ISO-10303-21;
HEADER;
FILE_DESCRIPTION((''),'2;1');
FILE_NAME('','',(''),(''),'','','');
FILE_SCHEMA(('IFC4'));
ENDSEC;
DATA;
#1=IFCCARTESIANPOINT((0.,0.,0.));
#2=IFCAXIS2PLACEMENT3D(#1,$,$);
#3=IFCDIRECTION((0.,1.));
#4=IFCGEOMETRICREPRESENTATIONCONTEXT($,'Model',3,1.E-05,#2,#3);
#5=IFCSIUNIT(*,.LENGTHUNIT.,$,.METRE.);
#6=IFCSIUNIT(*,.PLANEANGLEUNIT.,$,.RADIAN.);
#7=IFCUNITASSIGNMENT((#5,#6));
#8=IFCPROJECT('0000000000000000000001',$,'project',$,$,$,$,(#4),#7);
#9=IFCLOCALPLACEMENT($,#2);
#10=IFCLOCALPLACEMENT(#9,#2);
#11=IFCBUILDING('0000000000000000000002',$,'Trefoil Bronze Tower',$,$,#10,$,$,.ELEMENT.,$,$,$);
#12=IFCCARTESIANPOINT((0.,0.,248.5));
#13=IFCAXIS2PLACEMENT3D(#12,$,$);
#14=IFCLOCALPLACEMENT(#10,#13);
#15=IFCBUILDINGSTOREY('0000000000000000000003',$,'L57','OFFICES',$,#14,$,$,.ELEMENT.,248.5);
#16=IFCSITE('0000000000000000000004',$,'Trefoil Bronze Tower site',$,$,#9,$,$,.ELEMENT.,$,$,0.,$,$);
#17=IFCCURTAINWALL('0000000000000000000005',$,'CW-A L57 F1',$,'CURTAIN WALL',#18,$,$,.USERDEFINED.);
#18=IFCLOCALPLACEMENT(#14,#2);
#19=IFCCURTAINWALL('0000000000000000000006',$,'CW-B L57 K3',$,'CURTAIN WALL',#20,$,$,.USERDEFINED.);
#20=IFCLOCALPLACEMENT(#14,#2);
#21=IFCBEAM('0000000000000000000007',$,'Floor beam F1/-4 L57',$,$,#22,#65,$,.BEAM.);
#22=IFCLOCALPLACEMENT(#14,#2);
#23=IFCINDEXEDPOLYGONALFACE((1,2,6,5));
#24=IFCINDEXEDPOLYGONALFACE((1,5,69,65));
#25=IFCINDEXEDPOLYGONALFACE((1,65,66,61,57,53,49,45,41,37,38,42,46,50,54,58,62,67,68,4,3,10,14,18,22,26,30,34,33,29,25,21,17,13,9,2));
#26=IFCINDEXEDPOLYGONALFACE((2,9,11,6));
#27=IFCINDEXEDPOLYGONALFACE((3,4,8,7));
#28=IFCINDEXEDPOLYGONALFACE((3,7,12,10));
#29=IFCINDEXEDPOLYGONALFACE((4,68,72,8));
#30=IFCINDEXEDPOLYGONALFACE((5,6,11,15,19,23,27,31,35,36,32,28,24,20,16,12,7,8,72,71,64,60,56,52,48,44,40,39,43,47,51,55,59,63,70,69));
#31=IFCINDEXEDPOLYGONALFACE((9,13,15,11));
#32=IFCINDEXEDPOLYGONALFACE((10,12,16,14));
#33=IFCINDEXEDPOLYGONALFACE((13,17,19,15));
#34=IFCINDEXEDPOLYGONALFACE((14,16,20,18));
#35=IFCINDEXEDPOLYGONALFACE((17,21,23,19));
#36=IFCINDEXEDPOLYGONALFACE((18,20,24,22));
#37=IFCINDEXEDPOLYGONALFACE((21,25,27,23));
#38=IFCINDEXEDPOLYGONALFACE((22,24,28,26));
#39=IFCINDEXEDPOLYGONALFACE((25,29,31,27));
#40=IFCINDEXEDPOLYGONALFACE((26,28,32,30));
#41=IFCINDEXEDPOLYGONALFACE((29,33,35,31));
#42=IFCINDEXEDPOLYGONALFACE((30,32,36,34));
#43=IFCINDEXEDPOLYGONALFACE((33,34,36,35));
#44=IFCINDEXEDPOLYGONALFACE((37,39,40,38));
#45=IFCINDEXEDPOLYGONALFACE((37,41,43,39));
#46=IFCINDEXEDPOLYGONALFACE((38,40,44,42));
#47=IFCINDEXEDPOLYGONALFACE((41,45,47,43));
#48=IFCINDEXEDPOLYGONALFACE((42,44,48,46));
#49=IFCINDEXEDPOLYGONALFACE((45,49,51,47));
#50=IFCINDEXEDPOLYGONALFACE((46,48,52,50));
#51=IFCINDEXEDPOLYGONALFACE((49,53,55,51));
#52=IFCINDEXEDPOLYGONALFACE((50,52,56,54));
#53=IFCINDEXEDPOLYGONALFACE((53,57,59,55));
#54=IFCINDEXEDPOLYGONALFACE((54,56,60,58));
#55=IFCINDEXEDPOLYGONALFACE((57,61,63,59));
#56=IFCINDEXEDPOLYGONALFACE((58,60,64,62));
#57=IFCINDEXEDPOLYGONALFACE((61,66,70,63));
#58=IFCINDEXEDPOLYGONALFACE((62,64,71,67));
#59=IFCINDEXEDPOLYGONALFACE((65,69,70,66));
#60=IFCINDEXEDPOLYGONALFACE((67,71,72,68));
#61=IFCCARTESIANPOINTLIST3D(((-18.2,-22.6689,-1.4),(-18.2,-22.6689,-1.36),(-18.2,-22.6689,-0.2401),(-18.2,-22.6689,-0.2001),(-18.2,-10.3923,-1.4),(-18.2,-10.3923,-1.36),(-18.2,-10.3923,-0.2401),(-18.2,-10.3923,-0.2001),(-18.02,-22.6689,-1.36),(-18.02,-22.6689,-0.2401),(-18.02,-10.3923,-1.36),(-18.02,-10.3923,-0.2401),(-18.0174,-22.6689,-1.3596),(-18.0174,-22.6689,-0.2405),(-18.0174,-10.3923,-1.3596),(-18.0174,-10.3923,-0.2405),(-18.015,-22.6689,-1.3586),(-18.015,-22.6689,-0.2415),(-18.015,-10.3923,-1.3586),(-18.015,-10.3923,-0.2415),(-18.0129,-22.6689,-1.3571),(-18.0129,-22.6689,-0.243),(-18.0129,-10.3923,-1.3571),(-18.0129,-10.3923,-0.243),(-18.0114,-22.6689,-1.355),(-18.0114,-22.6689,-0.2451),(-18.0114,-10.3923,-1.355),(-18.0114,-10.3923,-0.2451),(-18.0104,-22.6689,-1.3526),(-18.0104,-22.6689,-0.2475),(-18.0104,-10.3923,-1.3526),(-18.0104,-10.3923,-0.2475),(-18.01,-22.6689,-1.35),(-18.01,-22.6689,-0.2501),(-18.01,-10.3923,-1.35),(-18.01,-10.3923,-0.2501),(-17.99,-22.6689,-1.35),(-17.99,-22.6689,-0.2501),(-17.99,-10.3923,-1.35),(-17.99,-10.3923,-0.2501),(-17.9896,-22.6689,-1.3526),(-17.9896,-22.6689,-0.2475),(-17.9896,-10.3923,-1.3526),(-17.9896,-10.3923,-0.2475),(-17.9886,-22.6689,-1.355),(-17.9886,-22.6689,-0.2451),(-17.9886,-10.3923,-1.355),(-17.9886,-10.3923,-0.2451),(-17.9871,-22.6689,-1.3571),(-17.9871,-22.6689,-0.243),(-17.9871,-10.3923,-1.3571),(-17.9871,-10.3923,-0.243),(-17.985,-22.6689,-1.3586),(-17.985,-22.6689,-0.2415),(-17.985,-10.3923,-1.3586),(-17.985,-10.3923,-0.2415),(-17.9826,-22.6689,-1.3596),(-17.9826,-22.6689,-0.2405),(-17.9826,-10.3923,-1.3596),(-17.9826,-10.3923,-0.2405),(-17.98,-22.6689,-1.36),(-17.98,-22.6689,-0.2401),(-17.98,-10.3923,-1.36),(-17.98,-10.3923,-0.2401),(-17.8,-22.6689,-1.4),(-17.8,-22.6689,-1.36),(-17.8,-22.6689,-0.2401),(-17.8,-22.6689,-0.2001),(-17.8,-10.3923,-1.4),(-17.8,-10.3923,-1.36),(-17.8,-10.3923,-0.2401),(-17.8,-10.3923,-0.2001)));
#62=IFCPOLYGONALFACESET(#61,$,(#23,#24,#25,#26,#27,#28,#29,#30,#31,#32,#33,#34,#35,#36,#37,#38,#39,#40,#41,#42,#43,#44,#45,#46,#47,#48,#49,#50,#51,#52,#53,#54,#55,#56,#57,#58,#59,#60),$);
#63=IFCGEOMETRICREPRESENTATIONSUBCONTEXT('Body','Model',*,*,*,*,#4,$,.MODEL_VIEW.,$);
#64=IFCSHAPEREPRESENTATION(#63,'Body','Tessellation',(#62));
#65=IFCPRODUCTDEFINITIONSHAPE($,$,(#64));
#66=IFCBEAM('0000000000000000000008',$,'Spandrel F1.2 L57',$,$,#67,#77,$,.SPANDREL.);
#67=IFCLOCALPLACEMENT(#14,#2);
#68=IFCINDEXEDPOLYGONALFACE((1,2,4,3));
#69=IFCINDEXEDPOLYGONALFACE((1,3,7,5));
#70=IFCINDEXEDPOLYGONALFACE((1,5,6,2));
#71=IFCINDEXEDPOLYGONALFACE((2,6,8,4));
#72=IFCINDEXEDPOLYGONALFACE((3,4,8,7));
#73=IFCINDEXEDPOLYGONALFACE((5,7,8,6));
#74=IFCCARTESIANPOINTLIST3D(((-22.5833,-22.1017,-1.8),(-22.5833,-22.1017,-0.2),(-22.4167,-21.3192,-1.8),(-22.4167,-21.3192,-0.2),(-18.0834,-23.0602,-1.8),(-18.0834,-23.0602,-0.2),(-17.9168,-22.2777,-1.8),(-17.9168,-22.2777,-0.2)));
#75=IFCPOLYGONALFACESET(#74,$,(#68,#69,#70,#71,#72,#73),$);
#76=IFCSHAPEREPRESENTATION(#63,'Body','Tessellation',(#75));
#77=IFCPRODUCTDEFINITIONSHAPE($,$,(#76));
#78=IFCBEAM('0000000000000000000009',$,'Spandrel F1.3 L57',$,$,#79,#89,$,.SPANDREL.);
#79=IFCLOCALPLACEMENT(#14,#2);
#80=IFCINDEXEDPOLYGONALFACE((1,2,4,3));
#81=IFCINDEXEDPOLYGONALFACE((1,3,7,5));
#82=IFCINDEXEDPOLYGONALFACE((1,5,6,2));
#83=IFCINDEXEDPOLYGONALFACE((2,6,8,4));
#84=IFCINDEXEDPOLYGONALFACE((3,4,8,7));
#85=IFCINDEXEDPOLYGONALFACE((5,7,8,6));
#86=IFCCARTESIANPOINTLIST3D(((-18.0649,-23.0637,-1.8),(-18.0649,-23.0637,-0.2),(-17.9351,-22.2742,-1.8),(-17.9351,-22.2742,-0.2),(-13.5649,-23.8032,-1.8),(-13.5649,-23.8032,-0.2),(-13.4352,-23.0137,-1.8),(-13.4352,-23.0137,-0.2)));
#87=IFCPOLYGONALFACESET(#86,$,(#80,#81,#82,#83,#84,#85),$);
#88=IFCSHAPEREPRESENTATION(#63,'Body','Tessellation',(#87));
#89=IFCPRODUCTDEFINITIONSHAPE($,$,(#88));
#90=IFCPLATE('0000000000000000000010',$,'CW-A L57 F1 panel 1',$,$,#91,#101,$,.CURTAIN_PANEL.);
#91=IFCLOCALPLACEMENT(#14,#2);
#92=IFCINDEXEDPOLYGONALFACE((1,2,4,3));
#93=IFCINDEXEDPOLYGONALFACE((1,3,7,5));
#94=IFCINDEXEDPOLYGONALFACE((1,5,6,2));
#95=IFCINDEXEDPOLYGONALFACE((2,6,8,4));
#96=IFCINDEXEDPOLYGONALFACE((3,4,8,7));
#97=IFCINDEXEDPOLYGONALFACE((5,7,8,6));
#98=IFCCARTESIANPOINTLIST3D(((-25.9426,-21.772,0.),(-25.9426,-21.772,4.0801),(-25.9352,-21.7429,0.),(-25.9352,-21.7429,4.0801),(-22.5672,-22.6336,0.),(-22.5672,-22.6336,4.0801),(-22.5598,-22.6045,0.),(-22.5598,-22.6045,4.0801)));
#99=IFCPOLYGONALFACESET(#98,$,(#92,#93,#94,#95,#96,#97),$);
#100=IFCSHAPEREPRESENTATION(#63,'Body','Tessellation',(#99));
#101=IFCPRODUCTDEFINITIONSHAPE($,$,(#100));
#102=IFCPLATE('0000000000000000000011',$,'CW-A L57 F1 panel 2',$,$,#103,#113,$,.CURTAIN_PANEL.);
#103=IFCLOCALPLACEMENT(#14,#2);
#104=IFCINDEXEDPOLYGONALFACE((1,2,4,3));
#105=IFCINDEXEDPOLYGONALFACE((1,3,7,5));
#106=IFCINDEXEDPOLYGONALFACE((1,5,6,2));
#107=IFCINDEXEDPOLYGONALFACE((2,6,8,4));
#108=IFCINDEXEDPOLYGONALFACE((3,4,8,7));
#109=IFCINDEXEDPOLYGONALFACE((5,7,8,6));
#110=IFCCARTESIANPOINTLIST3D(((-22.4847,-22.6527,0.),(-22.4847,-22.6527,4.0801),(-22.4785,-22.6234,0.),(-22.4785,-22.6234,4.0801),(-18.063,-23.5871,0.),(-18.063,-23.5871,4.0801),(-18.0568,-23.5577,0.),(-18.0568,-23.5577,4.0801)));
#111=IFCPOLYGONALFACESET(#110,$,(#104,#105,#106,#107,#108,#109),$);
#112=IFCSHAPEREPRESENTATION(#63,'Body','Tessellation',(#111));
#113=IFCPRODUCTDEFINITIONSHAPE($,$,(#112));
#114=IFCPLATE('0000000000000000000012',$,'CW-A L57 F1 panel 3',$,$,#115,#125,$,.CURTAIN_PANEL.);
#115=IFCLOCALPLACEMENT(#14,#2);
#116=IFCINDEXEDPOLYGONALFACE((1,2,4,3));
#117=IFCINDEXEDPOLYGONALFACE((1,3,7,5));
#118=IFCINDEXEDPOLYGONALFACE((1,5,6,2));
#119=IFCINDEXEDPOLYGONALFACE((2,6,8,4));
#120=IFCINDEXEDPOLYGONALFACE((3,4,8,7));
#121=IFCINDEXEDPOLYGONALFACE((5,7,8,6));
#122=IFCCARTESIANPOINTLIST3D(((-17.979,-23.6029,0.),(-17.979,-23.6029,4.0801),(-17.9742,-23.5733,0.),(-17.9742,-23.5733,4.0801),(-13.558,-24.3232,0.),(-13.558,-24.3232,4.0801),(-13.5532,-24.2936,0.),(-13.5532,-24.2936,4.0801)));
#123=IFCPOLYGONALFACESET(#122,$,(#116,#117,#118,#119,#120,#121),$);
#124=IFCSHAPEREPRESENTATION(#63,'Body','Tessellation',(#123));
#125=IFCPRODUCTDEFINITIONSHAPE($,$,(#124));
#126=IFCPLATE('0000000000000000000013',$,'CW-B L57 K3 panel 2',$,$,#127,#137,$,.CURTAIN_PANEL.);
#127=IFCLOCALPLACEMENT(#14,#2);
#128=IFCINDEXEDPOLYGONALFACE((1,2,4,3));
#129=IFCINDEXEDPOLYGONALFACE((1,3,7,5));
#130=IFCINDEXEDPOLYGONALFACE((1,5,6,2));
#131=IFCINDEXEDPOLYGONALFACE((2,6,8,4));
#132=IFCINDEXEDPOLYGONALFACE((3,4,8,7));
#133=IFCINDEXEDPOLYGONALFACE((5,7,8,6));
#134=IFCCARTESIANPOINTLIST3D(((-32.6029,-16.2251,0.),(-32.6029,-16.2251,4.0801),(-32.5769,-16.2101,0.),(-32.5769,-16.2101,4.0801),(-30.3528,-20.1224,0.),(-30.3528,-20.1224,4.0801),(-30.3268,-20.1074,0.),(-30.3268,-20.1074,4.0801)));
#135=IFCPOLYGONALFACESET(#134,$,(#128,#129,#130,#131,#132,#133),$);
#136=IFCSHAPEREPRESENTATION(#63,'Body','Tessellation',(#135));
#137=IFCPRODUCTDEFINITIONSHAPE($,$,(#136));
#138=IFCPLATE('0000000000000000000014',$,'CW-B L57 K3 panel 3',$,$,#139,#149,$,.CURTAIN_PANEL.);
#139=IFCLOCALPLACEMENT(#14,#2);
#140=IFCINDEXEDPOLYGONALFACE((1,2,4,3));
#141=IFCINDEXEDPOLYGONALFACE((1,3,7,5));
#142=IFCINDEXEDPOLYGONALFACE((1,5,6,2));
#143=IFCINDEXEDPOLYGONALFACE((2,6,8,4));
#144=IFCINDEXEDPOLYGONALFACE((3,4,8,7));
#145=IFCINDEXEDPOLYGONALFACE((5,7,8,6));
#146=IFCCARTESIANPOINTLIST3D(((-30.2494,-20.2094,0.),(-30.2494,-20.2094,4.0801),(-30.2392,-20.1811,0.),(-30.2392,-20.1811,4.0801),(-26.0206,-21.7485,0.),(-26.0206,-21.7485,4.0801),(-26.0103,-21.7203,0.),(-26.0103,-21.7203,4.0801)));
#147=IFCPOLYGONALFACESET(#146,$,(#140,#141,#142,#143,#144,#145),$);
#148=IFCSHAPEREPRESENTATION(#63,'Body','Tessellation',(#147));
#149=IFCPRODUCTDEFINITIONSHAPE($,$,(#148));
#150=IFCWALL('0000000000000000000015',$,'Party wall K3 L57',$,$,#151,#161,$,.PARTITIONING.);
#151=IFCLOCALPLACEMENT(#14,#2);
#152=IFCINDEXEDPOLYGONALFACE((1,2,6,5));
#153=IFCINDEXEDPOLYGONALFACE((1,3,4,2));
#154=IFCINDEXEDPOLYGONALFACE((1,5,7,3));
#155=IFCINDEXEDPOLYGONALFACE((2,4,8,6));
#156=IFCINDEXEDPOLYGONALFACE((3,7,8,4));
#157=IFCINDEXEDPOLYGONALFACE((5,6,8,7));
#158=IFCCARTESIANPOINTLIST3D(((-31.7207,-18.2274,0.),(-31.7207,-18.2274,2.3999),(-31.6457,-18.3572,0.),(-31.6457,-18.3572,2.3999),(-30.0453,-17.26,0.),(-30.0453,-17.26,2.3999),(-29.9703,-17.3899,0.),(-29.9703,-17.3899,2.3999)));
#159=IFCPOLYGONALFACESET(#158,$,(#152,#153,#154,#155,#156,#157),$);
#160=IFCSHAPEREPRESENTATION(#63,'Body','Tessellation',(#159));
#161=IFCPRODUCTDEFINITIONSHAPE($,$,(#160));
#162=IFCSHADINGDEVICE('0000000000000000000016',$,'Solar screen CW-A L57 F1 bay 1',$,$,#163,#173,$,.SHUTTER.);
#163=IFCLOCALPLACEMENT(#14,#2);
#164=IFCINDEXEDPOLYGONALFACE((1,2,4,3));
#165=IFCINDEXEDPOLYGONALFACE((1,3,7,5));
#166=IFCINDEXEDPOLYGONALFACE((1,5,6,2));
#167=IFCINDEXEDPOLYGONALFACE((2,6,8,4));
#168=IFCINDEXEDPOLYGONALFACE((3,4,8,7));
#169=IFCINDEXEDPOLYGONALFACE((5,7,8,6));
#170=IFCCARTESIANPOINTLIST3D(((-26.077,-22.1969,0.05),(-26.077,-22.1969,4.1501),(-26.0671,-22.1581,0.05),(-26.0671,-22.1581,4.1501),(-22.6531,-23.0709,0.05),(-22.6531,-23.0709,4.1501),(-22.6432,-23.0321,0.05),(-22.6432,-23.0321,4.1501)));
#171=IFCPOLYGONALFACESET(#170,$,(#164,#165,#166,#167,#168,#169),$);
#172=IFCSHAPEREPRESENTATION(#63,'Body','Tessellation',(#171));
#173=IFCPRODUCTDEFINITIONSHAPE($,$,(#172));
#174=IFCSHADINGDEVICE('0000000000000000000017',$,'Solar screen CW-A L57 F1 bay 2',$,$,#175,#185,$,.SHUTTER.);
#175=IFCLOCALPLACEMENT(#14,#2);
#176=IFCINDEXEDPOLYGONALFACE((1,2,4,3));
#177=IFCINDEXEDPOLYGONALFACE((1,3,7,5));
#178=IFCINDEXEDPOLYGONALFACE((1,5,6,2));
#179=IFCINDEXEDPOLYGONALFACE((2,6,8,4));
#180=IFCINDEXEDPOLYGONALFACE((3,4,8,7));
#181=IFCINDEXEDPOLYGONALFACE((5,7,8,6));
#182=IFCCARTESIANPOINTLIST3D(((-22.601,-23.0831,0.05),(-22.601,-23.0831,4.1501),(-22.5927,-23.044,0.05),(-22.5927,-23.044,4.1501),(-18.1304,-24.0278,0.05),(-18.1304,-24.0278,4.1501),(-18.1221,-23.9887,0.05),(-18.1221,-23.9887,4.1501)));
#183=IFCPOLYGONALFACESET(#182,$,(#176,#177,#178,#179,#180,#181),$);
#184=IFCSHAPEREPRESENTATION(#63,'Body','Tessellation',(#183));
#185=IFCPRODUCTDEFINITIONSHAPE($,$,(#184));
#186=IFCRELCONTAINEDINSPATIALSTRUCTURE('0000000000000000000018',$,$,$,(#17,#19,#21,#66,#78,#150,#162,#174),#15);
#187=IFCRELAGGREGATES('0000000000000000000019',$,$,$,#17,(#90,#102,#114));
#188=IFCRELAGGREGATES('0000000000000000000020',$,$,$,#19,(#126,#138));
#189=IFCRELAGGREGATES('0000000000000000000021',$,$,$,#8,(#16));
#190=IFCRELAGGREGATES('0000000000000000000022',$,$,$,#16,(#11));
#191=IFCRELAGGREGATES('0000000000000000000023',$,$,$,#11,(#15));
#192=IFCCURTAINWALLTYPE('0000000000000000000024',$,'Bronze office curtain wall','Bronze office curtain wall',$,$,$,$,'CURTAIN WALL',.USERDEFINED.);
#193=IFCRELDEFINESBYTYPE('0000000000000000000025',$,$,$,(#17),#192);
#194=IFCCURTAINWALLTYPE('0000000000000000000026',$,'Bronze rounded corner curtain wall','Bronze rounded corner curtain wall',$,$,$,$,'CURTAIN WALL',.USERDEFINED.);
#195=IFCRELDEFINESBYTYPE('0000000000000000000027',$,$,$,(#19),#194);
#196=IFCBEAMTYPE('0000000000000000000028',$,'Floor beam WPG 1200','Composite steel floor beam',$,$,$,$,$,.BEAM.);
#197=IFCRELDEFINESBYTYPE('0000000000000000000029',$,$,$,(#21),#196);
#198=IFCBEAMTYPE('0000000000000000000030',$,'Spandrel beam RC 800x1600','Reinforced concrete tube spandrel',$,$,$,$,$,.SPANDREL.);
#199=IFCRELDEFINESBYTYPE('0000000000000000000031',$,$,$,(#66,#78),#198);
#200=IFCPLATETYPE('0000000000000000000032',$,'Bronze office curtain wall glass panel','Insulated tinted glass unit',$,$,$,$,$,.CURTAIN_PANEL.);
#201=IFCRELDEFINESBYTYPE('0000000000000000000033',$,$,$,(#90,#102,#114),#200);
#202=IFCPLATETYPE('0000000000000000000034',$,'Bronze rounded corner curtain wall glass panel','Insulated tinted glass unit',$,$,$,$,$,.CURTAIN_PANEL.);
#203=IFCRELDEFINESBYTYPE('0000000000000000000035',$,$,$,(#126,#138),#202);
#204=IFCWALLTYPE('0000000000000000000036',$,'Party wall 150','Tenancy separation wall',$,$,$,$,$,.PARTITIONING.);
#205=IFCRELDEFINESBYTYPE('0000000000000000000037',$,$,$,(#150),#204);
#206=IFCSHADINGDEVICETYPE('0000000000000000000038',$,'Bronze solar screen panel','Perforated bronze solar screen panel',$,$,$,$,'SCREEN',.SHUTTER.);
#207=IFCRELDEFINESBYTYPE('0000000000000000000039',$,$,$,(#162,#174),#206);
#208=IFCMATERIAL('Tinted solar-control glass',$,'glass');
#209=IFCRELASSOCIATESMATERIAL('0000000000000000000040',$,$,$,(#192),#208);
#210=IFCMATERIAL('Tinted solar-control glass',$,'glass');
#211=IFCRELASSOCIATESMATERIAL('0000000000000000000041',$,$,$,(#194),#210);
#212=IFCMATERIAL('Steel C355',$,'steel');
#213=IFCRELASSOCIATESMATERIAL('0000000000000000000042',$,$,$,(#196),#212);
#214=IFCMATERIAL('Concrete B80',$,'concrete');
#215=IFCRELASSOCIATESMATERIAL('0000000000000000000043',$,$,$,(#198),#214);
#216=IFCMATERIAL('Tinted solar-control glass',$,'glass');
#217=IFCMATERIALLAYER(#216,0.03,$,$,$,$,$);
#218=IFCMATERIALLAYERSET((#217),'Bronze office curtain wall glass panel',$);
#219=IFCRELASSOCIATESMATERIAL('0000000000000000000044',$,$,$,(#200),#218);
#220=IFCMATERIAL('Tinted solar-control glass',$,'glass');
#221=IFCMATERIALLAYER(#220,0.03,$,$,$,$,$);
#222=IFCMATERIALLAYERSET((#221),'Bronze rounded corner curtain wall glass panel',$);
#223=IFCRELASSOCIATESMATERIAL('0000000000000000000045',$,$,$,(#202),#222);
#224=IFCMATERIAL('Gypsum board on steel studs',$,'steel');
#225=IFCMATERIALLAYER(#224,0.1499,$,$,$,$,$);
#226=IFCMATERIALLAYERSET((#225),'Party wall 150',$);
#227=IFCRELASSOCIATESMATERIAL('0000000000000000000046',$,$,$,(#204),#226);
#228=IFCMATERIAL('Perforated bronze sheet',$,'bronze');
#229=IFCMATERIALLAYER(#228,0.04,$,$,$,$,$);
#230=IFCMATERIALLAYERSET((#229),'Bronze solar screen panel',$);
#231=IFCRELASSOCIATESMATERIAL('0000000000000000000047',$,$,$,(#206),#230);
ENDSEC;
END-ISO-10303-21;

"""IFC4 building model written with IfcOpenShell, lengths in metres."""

from ifc_helpers import new_model, si_unit, direction, frame, frame_2d, origin, origin_2d, place, context, subcontext, project, spatial, rectangle, i_section, extrude, material, layer, layer_set, material_profile, profile_set, type_object, element, aggregate, save


model = new_model("IFC4")

# Units and contexts
model_context = context("Model", 3, precision=1e-05, world=origin(), true_north=direction((0.0, 1.0)))
body_context = subcontext(model_context, "Body", "Model", "MODEL_VIEW")
ifc_project = project(units=[si_unit("LENGTHUNIT", "METRE"), si_unit("PLANEANGLEUNIT", "RADIAN")], contexts=[model_context])

# Site, building, storey
site_placement = place(None, origin())
site = spatial("IfcSite", under=ifc_project, at=site_placement, Name="Trefoil Bronze Tower site", CompositionType="ELEMENT", RefElevation=0.0)
building_placement = place(site_placement, origin())
building = spatial("IfcBuilding", under=site, at=building_placement, Name="Trefoil Bronze Tower", CompositionType="ELEMENT")
storey_placement = place(building_placement, frame((0.0, 0.0, 248.5)))
storey = spatial("IfcBuildingStorey", under=building, at=storey_placement, Name="L57", Description="OFFICES", CompositionType="ELEMENT", Elevation=248.5)

# Curtain walls
ifc_material_1 = material(Name="Tinted solar-control glass", Category="glass")
curtain_wall_type_1 = type_object("IfcCurtainWallType", Name="Bronze office curtain wall", Description="Bronze office curtain wall", ElementType="CURTAIN WALL", PredefinedType="USERDEFINED", material=ifc_material_1)
curtain_wall_1_placement = place(storey_placement, origin())
curtain_wall_1 = element("IfcCurtainWall", 1, at=curtain_wall_1_placement, inside=storey, type_object=curtain_wall_type_1, Name="CW-A L57 F1", ObjectType="CURTAIN WALL", PredefinedType="USERDEFINED")
ifc_material_2 = material(Name="Tinted solar-control glass", Category="glass")
curtain_wall_type_2 = type_object("IfcCurtainWallType", Name="Bronze rounded corner curtain wall", Description="Bronze rounded corner curtain wall", ElementType="CURTAIN WALL", PredefinedType="USERDEFINED", material=ifc_material_2)
curtain_wall_2_placement = place(storey_placement, origin())
curtain_wall_2 = element("IfcCurtainWall", 2, at=curtain_wall_2_placement, inside=storey, type_object=curtain_wall_type_2, Name="CW-B L57 K3", ObjectType="CURTAIN WALL", PredefinedType="USERDEFINED")

# Beams
ifc_material_3 = material(Name="Steel C355", Category="steel")
ifc_material_profile_1 = material_profile(ifc_material_3, i_section(OverallWidth=0.3999, OverallDepth=1.2, WebThickness=0.02, FlangeThickness=0.04, FilletRadius=0.01, at=origin_2d()), Name="WPG 1200")
ifc_profile_set_1 = profile_set([ifc_material_profile_1], Name="Steel C355")
beam_type_1 = type_object("IfcBeamType", Name="Floor beam WPG 1200", Description="Composite steel floor beam", PredefinedType="BEAM", material=ifc_profile_set_1)
beam_1_placement = place(storey_placement, frame((-18.0, -22.6689, -0.8), z_axis=(0.0, 1.0, 0.0), x_axis=(-1.0, 0.0, 0.0)))
element("IfcBeam", 3, at=beam_1_placement, inside=storey, type_object=beam_type_1, Name="Floor beam F1/-4 L57", PredefinedType="BEAM", context=body_context, shape_type="SweptSolid", body=[
    extrude(i_section(OverallWidth=0.3999, OverallDepth=1.2, WebThickness=0.02, FlangeThickness=0.04, FilletRadius=0.01, at=origin_2d()), origin(), (0.0, 0.0, 1.0), 12.2766),
])
ifc_material_4 = material(Name="Concrete B80", Category="concrete")
ifc_material_profile_2 = material_profile(ifc_material_4, rectangle(XDim=0.8, YDim=1.6001, at=origin_2d()), Name="RC 800x1600")
ifc_profile_set_2 = profile_set([ifc_material_profile_2], Name="Concrete B80")
beam_type_2 = type_object("IfcBeamType", Name="Spandrel beam RC 800x1600", Description="Reinforced concrete tube spandrel", PredefinedType="SPANDREL", material=ifc_profile_set_2)
beam_2_placement = place(storey_placement, frame((-22.5, -21.7104, -1.0), z_axis=(0.978059, -0.208326, 0.0), x_axis=(0.208326, 0.978059, 0.0)))
element("IfcBeam", 4, at=beam_2_placement, inside=storey, type_object=beam_type_2, Name="Spandrel F1.2 L57", PredefinedType="SPANDREL", context=body_context, shape_type="SweptSolid", body=[
    extrude(rectangle(XDim=0.8, YDim=1.6001, at=origin_2d()), origin(), (0.0, 0.0, 1.0), 4.6008),
])
beam_3_placement = place(storey_placement, frame((-18.0, -22.6689, -1.0), z_axis=(0.986765, -0.162159, 0.0), x_axis=(0.162159, 0.986765, 0.0)))
element("IfcBeam", 5, at=beam_3_placement, inside=storey, type_object=beam_type_2, Name="Spandrel F1.3 L57", PredefinedType="SPANDREL", context=body_context, shape_type="SweptSolid", body=[
    extrude(rectangle(XDim=0.8, YDim=1.6001, at=origin_2d()), origin(), (0.0, 0.0, 1.0), 4.5603),
])

# Plates
ifc_material_5 = material(Name="Tinted solar-control glass", Category="glass")
ifc_layer_1 = layer(ifc_material_5, 0.03)
ifc_layer_set_1 = layer_set([ifc_layer_1], Name="Bronze office curtain wall glass panel")
plate_type_1 = type_object("IfcPlateType", Name="Bronze office curtain wall glass panel", Description="Insulated tinted glass unit", PredefinedType="CURTAIN_PANEL", material=ifc_layer_set_1)
plate_1_placement = place(storey_placement, frame((-24.2512, -22.1882, 0.0), z_axis=(0.0, 0.0, 1.0), x_axis=(0.968934, -0.247319, 0.0)))
plate_1 = element("IfcPlate", 6, at=plate_1_placement, type_object=plate_type_1, Name="CW-A L57 F1 panel 1", PredefinedType="CURTAIN_PANEL", context=body_context, shape_type="SweptSolid", body=[
    extrude(rectangle(XDim=3.4836, YDim=0.03, at=origin_2d()), origin(), (0.0, 0.0, 1.0), 4.0801),
])
plate_2_placement = place(storey_placement, frame((-20.2708, -23.1052, 0.0), z_axis=(0.0, 0.0, 1.0), x_axis=(0.978394, -0.206747, 0.0)))
plate_2 = element("IfcPlate", 7, at=plate_2_placement, type_object=plate_type_1, Name="CW-A L57 F1 panel 2", PredefinedType="CURTAIN_PANEL", context=body_context, shape_type="SweptSolid", body=[
    extrude(rectangle(XDim=4.5193, YDim=0.03, at=origin_2d()), origin(), (0.0, 0.0, 1.0), 4.0801),
])
plate_3_placement = place(storey_placement, frame((-15.7661, -23.9482, 0.0), z_axis=(0.0, 0.0, 1.0), x_axis=(0.986987, -0.160803, 0.0)))
plate_3 = element("IfcPlate", 8, at=plate_3_placement, type_object=plate_type_1, Name="CW-A L57 F1 panel 3", PredefinedType="CURTAIN_PANEL", context=body_context, shape_type="SweptSolid", body=[
    extrude(rectangle(XDim=4.4792, YDim=0.03, at=origin_2d()), origin(), (0.0, 0.0, 1.0), 4.0801),
])
aggregate(curtain_wall_1, [plate_1, plate_2, plate_3])
ifc_material_6 = material(Name="Tinted solar-control glass", Category="glass")
ifc_layer_2 = layer(ifc_material_6, 0.03)
ifc_layer_set_2 = layer_set([ifc_layer_2], Name="Bronze rounded corner curtain wall glass panel")
plate_type_2 = type_object("IfcPlateType", Name="Bronze rounded corner curtain wall glass panel", Description="Insulated tinted glass unit", PredefinedType="CURTAIN_PANEL", material=ifc_layer_set_2)
plate_4_placement = place(storey_placement, frame((-31.4648, -18.1663, 0.0), z_axis=(0.0, 0.0, 1.0), x_axis=(0.5, -0.866025, 0.0)))
plate_4 = element("IfcPlate", 9, at=plate_4_placement, type_object=plate_type_2, Name="CW-B L57 K3 panel 2", PredefinedType="CURTAIN_PANEL", context=body_context, shape_type="SweptSolid", body=[
    extrude(rectangle(XDim=4.5002, YDim=0.03, at=origin_2d()), origin(), (0.0, 0.0, 1.0), 4.0801),
])
plate_5_placement = place(storey_placement, frame((-28.1299, -20.9648, 0.0), z_axis=(0.0, 0.0, 1.0), x_axis=(0.939693, -0.34202, 0.0)))
plate_5 = element("IfcPlate", 10, at=plate_5_placement, type_object=plate_type_2, Name="CW-B L57 K3 panel 3", PredefinedType="CURTAIN_PANEL", context=body_context, shape_type="SweptSolid", body=[
    extrude(rectangle(XDim=4.5002, YDim=0.03, at=origin_2d()), origin(), (0.0, 0.0, 1.0), 4.0801),
])
aggregate(curtain_wall_2, [plate_4, plate_5])

# Wall
ifc_material_7 = material(Name="Gypsum board on steel studs", Category="steel")
ifc_layer_3 = layer(ifc_material_7, 0.1499)
ifc_layer_set_3 = layer_set([ifc_layer_3], Name="Party wall 150")
wall_type = type_object("IfcWallType", Name="Party wall 150", Description="Tenancy separation wall", PredefinedType="PARTITIONING", material=ifc_layer_set_3)
wall_placement = place(storey_placement, frame((-30.0078, -17.325, 0.0), z_axis=(0.0, 0.0, 1.0), x_axis=(-0.866013, -0.500021, 0.0)))
element("IfcWall", 11, at=wall_placement, inside=storey, type_object=wall_type, Name="Party wall K3 L57", PredefinedType="PARTITIONING", context=body_context, shape_type="SweptSolid", body=[
    extrude(rectangle(XDim=1.9346, YDim=0.1499, at=frame_2d((0.9673, 0.0))), origin(), (0.0, 0.0, 1.0), 2.3999),
])

# Shading devices
ifc_material_8 = material(Name="Perforated bronze sheet", Category="bronze")
ifc_layer_4 = layer(ifc_material_8, 0.04)
ifc_layer_set_4 = layer_set([ifc_layer_4], Name="Bronze solar screen panel")
shading_device_type = type_object("IfcShadingDeviceType", Name="Bronze solar screen panel", Description="Perforated bronze solar screen panel", ElementType="SCREEN", PredefinedType="SHUTTER", material=ifc_layer_set_4)
shading_device_1_placement = place(storey_placement, frame((-24.3601, -22.6145, 0.05), z_axis=(0.0, 0.0, 1.0), x_axis=(0.968934, -0.247319, 0.0)))
element("IfcShadingDevice", 12, at=shading_device_1_placement, inside=storey, type_object=shading_device_type, Name="Solar screen CW-A L57 F1 bay 1", PredefinedType="SHUTTER", context=body_context, shape_type="SweptSolid", body=[
    extrude(rectangle(XDim=3.5337, YDim=0.04, at=origin_2d()), origin(), (0.0, 0.0, 1.0), 4.1001),
])
shading_device_2_placement = place(storey_placement, frame((-20.3616, -23.5359, 0.05), z_axis=(0.0, 0.0, 1.0), x_axis=(0.978394, -0.206747, 0.0)))
element("IfcShadingDevice", 13, at=shading_device_2_placement, inside=storey, type_object=shading_device_type, Name="Solar screen CW-A L57 F1 bay 2", PredefinedType="SHUTTER", context=body_context, shape_type="SweptSolid", body=[
    extrude(rectangle(XDim=4.5693, YDim=0.04, at=origin_2d()), origin(), (0.0, 0.0, 1.0), 4.1001),
])

save(model, "model.ifc")
